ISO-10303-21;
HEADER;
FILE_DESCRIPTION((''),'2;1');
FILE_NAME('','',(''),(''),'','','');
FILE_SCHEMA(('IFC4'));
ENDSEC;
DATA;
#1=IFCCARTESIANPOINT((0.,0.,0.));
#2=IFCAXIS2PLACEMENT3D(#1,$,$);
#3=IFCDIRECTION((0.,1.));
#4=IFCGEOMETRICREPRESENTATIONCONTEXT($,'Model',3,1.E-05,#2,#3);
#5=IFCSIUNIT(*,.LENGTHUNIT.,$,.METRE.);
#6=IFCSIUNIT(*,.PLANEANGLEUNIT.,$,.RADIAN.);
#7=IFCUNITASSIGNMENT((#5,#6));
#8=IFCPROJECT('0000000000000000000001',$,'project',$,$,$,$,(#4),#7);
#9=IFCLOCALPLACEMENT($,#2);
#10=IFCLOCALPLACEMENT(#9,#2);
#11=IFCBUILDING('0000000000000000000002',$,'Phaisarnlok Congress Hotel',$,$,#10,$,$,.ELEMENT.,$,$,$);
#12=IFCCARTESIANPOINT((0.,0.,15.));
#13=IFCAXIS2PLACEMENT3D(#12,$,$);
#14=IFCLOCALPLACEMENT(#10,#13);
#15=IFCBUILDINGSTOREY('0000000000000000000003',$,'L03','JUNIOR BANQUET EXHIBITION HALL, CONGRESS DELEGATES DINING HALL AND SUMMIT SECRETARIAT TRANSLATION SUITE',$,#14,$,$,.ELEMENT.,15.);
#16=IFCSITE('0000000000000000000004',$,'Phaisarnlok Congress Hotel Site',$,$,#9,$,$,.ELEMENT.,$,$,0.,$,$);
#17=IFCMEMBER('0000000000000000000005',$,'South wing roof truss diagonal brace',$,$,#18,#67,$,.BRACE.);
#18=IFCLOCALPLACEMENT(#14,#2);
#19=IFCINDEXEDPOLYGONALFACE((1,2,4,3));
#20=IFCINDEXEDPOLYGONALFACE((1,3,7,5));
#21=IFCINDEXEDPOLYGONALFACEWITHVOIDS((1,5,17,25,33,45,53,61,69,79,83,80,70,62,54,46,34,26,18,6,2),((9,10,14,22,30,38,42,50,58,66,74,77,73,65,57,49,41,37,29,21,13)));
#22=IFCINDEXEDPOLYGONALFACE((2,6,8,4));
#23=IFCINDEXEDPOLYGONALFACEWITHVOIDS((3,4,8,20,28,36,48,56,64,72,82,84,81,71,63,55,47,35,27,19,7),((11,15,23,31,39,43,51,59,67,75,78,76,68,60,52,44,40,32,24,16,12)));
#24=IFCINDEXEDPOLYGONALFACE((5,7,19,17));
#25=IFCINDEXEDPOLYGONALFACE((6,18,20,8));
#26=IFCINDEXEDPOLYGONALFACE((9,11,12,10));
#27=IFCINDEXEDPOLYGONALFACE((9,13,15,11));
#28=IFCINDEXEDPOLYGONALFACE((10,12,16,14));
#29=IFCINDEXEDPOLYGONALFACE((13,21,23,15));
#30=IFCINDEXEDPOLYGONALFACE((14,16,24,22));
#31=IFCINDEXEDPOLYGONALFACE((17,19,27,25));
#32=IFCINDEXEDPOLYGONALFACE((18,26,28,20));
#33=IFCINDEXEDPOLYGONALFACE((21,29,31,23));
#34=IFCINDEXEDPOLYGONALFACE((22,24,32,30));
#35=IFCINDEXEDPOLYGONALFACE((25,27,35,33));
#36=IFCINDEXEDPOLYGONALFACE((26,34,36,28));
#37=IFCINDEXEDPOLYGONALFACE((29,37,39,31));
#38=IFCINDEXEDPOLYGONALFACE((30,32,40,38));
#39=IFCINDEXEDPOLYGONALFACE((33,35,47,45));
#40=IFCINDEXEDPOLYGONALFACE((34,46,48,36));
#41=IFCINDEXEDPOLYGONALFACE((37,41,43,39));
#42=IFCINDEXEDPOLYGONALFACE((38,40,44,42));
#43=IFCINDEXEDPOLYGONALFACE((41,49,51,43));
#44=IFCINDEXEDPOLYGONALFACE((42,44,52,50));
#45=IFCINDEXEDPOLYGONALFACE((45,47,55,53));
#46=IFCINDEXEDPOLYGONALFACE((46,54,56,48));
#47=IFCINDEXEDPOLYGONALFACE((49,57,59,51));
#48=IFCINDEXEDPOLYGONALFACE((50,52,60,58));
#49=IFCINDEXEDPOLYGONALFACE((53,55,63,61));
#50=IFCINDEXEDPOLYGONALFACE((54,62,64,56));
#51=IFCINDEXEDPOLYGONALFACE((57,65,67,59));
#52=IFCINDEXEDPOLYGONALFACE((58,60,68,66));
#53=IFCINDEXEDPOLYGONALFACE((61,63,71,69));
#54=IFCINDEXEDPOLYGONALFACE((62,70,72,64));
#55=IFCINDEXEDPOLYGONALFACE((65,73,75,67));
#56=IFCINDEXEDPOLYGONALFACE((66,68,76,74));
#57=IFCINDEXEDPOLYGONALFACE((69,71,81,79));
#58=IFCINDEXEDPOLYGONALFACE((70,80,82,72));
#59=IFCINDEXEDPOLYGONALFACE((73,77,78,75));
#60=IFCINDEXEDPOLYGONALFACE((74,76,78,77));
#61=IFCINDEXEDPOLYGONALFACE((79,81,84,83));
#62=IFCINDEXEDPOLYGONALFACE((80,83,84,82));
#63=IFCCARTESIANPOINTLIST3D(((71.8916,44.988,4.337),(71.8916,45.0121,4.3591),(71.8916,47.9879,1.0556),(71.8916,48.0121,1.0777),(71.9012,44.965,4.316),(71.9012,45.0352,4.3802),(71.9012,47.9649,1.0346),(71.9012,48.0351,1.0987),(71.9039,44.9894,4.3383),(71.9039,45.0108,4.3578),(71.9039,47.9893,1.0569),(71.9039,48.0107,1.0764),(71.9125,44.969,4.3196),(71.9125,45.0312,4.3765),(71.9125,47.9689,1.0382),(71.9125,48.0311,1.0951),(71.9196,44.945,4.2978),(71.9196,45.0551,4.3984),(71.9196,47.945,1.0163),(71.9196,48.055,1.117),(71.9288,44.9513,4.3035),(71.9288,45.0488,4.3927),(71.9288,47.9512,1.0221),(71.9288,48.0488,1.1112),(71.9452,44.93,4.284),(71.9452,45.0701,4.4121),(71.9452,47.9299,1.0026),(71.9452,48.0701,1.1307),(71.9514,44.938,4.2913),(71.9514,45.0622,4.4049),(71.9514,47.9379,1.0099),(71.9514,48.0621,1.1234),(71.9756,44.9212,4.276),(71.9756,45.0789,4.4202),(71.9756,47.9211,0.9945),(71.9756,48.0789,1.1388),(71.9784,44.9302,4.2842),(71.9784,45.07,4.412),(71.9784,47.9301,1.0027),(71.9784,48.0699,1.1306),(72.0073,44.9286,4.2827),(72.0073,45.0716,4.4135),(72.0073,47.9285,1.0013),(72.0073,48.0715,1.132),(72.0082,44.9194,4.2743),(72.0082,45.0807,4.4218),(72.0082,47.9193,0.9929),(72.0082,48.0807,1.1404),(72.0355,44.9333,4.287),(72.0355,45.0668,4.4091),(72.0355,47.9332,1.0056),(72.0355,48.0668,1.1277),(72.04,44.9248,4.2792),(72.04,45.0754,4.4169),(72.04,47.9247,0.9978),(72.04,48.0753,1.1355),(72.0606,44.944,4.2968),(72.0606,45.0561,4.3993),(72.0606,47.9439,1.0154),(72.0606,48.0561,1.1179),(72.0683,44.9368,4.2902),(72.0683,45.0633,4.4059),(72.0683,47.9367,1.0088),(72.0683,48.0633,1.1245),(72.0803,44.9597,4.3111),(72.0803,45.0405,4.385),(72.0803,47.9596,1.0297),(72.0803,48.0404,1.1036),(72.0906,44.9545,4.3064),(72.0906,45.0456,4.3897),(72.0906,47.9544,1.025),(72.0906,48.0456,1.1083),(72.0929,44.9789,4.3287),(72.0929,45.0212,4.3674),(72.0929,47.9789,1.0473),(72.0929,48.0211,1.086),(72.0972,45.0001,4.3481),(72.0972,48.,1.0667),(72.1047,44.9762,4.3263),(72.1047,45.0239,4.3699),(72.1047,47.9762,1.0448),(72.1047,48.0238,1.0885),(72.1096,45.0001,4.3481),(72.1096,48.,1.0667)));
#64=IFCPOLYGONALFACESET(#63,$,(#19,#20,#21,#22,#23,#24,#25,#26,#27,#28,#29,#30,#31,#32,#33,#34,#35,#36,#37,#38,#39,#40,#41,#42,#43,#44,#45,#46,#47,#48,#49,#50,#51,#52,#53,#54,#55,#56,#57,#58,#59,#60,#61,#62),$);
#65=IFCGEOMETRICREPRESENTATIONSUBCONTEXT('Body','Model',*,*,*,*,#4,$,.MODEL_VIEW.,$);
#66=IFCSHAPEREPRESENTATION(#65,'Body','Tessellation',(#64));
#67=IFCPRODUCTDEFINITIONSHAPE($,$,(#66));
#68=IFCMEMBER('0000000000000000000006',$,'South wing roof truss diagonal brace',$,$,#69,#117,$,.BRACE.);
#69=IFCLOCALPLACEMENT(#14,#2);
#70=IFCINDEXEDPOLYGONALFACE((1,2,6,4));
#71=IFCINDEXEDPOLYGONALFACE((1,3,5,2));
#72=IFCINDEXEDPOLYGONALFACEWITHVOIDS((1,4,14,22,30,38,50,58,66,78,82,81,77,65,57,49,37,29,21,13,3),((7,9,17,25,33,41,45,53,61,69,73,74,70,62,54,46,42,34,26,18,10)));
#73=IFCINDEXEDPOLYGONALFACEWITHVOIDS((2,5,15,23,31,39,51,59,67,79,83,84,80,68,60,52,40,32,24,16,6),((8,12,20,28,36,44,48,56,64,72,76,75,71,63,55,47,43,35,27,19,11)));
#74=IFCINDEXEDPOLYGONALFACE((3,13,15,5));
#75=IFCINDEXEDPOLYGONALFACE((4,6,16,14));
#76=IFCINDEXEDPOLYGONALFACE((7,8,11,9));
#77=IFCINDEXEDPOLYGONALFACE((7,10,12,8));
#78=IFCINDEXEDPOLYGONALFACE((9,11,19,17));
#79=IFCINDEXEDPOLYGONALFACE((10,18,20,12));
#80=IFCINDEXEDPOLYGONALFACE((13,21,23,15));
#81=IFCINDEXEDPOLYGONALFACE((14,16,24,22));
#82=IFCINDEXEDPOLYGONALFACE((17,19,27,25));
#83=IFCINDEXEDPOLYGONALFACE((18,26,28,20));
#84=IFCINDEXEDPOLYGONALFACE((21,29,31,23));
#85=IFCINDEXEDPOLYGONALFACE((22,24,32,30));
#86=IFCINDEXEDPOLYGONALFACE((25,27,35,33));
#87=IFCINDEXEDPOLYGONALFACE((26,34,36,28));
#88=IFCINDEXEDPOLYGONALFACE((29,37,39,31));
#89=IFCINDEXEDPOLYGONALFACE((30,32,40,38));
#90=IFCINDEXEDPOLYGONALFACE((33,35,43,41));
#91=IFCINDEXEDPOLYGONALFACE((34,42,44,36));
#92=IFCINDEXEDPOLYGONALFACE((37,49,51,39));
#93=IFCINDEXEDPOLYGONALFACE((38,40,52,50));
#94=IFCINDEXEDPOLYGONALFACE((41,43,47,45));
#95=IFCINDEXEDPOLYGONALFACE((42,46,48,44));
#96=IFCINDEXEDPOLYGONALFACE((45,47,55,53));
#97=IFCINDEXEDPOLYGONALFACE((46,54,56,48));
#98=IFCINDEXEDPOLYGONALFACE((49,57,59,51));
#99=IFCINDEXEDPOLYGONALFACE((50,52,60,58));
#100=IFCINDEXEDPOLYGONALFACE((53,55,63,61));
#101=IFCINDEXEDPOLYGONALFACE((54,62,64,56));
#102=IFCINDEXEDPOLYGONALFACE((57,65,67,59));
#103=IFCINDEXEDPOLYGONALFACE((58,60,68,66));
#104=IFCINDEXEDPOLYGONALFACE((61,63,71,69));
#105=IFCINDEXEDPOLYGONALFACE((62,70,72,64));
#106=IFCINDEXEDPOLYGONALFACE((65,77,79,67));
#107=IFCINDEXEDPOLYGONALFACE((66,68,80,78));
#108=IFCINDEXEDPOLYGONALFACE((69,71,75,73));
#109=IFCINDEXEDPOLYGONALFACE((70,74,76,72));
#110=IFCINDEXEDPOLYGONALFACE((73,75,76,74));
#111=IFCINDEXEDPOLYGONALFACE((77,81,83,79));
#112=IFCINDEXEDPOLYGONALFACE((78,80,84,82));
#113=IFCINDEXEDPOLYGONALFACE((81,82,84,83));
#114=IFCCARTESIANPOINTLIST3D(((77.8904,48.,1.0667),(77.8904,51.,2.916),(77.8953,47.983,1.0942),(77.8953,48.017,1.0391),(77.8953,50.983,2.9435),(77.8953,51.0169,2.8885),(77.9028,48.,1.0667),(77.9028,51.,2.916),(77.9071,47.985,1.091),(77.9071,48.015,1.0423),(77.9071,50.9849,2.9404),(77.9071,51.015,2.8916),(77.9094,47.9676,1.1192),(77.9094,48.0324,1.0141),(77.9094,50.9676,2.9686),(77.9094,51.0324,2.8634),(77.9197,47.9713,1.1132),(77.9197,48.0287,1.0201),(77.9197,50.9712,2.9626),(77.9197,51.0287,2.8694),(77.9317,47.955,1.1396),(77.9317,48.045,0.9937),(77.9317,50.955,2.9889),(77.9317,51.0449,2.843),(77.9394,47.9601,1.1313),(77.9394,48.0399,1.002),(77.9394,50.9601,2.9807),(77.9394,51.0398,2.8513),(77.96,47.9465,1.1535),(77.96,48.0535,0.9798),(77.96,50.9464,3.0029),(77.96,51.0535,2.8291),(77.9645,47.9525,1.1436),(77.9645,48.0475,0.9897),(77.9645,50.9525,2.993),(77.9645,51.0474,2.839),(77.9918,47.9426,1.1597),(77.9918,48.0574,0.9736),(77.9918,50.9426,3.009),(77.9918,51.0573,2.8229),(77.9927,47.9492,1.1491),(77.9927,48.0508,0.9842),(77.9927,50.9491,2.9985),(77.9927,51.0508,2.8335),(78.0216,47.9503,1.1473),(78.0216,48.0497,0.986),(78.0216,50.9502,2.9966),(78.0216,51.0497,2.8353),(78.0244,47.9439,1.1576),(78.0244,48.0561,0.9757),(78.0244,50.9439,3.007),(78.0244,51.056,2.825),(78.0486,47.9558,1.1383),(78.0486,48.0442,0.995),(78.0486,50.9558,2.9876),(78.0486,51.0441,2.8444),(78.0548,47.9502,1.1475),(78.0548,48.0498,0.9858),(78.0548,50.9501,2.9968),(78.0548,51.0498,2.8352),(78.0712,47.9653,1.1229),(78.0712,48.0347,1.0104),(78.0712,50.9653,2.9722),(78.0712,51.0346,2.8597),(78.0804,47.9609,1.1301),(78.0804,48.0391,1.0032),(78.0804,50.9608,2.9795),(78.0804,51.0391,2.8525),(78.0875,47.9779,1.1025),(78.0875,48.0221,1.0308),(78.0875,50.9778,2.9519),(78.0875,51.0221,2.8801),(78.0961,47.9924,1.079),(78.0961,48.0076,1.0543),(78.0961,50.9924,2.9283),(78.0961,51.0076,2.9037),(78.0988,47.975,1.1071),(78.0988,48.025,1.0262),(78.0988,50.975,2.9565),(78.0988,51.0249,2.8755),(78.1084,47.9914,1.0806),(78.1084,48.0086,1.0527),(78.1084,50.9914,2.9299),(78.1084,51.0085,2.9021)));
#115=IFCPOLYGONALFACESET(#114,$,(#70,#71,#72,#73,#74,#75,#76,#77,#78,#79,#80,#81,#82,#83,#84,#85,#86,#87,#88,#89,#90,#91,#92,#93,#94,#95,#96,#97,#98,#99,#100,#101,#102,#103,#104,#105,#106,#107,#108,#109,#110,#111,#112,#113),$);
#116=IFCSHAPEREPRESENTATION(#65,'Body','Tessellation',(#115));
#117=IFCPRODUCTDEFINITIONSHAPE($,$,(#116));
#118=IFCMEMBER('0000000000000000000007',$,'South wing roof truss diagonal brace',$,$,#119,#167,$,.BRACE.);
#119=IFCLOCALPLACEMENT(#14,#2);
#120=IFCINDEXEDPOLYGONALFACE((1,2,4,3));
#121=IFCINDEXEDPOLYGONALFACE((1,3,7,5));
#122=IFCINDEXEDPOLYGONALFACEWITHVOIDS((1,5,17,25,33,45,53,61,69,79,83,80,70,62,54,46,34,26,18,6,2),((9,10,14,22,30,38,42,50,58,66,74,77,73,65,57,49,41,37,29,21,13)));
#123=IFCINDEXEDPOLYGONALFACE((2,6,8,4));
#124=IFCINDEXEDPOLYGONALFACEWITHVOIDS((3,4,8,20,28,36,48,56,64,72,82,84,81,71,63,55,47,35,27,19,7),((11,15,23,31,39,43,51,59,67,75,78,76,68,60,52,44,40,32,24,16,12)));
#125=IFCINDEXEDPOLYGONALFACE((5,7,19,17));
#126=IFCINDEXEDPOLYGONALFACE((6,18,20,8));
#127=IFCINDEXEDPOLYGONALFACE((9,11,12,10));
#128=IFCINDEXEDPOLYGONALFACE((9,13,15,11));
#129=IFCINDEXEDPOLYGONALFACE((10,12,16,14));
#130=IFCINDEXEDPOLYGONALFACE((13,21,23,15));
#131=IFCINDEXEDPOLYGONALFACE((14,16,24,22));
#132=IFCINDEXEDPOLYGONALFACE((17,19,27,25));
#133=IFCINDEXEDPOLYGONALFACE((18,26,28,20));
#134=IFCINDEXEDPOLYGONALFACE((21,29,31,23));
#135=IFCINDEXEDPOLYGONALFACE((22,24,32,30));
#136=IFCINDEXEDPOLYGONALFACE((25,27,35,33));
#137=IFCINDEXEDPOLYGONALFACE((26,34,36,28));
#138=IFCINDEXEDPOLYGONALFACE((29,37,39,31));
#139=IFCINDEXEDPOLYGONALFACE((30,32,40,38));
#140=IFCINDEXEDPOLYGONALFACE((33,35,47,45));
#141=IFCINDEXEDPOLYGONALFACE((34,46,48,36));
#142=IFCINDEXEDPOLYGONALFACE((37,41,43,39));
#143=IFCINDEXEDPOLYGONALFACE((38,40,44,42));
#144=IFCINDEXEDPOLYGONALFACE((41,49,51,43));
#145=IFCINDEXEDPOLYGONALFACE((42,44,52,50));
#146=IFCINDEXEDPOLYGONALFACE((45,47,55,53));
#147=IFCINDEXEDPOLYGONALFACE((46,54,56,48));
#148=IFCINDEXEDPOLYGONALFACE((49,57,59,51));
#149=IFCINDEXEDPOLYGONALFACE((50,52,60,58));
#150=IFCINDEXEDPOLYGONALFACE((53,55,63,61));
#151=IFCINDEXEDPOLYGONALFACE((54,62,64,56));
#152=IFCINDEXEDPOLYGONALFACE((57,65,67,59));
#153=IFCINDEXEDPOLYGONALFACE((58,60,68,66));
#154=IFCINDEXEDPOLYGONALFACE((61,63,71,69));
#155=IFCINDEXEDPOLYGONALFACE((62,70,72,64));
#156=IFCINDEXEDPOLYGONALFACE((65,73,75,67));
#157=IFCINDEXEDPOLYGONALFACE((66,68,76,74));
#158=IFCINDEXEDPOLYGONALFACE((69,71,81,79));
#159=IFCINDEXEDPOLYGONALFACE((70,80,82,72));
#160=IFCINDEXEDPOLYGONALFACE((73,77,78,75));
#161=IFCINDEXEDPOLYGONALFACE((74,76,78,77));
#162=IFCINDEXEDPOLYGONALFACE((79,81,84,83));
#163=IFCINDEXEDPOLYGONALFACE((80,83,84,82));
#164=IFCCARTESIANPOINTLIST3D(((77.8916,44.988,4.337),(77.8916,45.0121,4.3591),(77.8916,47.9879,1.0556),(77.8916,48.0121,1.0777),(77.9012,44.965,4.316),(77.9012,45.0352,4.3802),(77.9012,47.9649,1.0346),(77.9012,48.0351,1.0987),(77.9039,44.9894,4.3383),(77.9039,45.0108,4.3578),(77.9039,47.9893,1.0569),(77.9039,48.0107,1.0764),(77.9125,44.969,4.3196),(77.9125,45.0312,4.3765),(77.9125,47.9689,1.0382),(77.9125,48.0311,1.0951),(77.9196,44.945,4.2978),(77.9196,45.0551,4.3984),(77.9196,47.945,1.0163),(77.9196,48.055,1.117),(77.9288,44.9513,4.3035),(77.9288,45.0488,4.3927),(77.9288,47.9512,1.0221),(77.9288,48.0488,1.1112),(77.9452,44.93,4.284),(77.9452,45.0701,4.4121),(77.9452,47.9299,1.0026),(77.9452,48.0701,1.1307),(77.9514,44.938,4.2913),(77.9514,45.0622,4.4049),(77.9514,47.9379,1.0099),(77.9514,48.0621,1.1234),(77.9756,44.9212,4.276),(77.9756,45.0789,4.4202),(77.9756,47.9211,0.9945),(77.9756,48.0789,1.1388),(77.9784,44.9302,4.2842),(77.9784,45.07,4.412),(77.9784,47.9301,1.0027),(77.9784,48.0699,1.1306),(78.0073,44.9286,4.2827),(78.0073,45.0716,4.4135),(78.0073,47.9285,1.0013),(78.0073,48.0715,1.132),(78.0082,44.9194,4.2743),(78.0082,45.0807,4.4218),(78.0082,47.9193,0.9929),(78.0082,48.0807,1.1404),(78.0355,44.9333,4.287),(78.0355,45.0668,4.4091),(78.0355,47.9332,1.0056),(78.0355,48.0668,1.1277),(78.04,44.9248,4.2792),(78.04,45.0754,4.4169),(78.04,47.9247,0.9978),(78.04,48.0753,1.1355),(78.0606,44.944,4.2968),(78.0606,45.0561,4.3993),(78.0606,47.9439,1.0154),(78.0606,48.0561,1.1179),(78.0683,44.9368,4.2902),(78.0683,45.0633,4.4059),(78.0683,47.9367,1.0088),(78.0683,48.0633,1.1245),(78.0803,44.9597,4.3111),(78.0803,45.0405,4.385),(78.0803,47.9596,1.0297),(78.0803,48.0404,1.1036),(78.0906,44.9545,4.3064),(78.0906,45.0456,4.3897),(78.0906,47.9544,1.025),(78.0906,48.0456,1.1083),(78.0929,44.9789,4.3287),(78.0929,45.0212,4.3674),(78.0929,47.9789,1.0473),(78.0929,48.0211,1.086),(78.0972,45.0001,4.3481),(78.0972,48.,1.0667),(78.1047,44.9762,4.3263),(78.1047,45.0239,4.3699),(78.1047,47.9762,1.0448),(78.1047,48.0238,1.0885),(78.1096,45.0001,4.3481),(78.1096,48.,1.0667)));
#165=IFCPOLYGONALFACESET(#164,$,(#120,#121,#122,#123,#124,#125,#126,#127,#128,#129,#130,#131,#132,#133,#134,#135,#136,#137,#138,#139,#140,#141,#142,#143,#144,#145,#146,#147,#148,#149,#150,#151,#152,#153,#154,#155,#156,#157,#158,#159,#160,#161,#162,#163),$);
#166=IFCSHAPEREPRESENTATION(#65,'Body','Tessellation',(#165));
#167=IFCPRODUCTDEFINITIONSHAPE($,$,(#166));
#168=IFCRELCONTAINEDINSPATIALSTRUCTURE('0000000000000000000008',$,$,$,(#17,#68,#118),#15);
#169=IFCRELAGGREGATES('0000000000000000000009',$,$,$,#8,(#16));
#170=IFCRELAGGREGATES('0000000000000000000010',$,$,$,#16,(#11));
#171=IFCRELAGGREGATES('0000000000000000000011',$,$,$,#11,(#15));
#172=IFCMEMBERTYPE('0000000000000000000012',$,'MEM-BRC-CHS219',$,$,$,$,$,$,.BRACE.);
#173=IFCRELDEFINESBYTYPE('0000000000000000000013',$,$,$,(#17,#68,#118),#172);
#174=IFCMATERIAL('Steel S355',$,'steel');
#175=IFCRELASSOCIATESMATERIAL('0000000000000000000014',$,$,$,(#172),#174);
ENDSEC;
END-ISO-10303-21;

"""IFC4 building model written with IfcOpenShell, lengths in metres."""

from ifc_helpers import new_model, si_unit, direction, frame, origin, origin_2d, place, context, subcontext, project, spatial, hollow_circle, extrude, material, material_profile, profile_set, type_object, element, save


model = new_model("IFC4")

# Units and contexts
model_context = context("Model", 3, precision=1e-05, world=origin(), true_north=direction((0.0, 1.0)))
body_context = subcontext(model_context, "Body", "Model", "MODEL_VIEW")
ifc_project = project(units=[si_unit("LENGTHUNIT", "METRE"), si_unit("PLANEANGLEUNIT", "RADIAN")], contexts=[model_context])

# Site, building, storey
site_placement = place(None, origin())
site = spatial("IfcSite", under=ifc_project, at=site_placement, Name="Phaisarnlok Congress Hotel Site", CompositionType="ELEMENT", RefElevation=0.0)
building_placement = place(site_placement, origin())
building = spatial("IfcBuilding", under=site, at=building_placement, Name="Phaisarnlok Congress Hotel", CompositionType="ELEMENT")
storey_placement = place(building_placement, frame((0.0, 0.0, 15.0)))
storey = spatial("IfcBuildingStorey", under=building, at=storey_placement, Name="L03", Description="JUNIOR BANQUET EXHIBITION HALL, CONGRESS DELEGATES DINING HALL AND SUMMIT SECRETARIAT TRANSLATION SUITE", CompositionType="ELEMENT", Elevation=15.0)

# Shared definitions
ifc_material = material(Name="Steel S355", Category="steel")

# Members
ifc_material_profile_1 = material_profile(ifc_material, hollow_circle(Radius=0.1096, WallThickness=0.0125, at=origin_2d()), Name="CHS 219.1x12.5")
ifc_profile_set_1 = profile_set([ifc_material_profile_1], Name="Steel S355")
member_type_1 = type_object("IfcMemberType", Name="MEM-BRC-CHS219", PredefinedType="BRACE", material=ifc_profile_set_1)
member_1_placement = place(storey_placement, frame((72.0, 48.0, 1.0667), z_axis=(0.0, -0.674742, 0.738054), x_axis=(1.0, 0.0, 0.0)))
element("IfcMember", 1, at=member_1_placement, inside=storey, type_object=member_type_1, Name="South wing roof truss diagonal brace", PredefinedType="BRACE", context=body_context, shape_type="SweptSolid", body=[
    extrude(hollow_circle(Radius=0.1096, WallThickness=0.0125, at=origin_2d()), origin(), (0.0, 0.0, 1.0), 4.446),
])
member_2_placement = place(storey_placement, frame((78.0, 48.0, 1.0667), z_axis=(0.0, 0.851251, 0.524758), x_axis=(-1.0, 0.0, 0.0)))
element("IfcMember", 2, at=member_2_placement, inside=storey, type_object=member_type_1, Name="South wing roof truss diagonal brace", PredefinedType="BRACE", context=body_context, shape_type="SweptSolid", body=[
    extrude(hollow_circle(Radius=0.1096, WallThickness=0.0125, at=origin_2d()), origin(), (0.0, 0.0, 1.0), 3.5242),
])
member_3_placement = place(storey_placement, frame((78.0, 48.0, 1.0667), z_axis=(0.0, -0.674742, 0.738054), x_axis=(1.0, 0.0, 0.0)))
element("IfcMember", 3, at=member_3_placement, inside=storey, type_object=member_type_1, Name="South wing roof truss diagonal brace", PredefinedType="BRACE", context=body_context, shape_type="SweptSolid", body=[
    extrude(hollow_circle(Radius=0.1096, WallThickness=0.0125, at=origin_2d()), origin(), (0.0, 0.0, 1.0), 4.446),
])

save(model, "model.ifc")
